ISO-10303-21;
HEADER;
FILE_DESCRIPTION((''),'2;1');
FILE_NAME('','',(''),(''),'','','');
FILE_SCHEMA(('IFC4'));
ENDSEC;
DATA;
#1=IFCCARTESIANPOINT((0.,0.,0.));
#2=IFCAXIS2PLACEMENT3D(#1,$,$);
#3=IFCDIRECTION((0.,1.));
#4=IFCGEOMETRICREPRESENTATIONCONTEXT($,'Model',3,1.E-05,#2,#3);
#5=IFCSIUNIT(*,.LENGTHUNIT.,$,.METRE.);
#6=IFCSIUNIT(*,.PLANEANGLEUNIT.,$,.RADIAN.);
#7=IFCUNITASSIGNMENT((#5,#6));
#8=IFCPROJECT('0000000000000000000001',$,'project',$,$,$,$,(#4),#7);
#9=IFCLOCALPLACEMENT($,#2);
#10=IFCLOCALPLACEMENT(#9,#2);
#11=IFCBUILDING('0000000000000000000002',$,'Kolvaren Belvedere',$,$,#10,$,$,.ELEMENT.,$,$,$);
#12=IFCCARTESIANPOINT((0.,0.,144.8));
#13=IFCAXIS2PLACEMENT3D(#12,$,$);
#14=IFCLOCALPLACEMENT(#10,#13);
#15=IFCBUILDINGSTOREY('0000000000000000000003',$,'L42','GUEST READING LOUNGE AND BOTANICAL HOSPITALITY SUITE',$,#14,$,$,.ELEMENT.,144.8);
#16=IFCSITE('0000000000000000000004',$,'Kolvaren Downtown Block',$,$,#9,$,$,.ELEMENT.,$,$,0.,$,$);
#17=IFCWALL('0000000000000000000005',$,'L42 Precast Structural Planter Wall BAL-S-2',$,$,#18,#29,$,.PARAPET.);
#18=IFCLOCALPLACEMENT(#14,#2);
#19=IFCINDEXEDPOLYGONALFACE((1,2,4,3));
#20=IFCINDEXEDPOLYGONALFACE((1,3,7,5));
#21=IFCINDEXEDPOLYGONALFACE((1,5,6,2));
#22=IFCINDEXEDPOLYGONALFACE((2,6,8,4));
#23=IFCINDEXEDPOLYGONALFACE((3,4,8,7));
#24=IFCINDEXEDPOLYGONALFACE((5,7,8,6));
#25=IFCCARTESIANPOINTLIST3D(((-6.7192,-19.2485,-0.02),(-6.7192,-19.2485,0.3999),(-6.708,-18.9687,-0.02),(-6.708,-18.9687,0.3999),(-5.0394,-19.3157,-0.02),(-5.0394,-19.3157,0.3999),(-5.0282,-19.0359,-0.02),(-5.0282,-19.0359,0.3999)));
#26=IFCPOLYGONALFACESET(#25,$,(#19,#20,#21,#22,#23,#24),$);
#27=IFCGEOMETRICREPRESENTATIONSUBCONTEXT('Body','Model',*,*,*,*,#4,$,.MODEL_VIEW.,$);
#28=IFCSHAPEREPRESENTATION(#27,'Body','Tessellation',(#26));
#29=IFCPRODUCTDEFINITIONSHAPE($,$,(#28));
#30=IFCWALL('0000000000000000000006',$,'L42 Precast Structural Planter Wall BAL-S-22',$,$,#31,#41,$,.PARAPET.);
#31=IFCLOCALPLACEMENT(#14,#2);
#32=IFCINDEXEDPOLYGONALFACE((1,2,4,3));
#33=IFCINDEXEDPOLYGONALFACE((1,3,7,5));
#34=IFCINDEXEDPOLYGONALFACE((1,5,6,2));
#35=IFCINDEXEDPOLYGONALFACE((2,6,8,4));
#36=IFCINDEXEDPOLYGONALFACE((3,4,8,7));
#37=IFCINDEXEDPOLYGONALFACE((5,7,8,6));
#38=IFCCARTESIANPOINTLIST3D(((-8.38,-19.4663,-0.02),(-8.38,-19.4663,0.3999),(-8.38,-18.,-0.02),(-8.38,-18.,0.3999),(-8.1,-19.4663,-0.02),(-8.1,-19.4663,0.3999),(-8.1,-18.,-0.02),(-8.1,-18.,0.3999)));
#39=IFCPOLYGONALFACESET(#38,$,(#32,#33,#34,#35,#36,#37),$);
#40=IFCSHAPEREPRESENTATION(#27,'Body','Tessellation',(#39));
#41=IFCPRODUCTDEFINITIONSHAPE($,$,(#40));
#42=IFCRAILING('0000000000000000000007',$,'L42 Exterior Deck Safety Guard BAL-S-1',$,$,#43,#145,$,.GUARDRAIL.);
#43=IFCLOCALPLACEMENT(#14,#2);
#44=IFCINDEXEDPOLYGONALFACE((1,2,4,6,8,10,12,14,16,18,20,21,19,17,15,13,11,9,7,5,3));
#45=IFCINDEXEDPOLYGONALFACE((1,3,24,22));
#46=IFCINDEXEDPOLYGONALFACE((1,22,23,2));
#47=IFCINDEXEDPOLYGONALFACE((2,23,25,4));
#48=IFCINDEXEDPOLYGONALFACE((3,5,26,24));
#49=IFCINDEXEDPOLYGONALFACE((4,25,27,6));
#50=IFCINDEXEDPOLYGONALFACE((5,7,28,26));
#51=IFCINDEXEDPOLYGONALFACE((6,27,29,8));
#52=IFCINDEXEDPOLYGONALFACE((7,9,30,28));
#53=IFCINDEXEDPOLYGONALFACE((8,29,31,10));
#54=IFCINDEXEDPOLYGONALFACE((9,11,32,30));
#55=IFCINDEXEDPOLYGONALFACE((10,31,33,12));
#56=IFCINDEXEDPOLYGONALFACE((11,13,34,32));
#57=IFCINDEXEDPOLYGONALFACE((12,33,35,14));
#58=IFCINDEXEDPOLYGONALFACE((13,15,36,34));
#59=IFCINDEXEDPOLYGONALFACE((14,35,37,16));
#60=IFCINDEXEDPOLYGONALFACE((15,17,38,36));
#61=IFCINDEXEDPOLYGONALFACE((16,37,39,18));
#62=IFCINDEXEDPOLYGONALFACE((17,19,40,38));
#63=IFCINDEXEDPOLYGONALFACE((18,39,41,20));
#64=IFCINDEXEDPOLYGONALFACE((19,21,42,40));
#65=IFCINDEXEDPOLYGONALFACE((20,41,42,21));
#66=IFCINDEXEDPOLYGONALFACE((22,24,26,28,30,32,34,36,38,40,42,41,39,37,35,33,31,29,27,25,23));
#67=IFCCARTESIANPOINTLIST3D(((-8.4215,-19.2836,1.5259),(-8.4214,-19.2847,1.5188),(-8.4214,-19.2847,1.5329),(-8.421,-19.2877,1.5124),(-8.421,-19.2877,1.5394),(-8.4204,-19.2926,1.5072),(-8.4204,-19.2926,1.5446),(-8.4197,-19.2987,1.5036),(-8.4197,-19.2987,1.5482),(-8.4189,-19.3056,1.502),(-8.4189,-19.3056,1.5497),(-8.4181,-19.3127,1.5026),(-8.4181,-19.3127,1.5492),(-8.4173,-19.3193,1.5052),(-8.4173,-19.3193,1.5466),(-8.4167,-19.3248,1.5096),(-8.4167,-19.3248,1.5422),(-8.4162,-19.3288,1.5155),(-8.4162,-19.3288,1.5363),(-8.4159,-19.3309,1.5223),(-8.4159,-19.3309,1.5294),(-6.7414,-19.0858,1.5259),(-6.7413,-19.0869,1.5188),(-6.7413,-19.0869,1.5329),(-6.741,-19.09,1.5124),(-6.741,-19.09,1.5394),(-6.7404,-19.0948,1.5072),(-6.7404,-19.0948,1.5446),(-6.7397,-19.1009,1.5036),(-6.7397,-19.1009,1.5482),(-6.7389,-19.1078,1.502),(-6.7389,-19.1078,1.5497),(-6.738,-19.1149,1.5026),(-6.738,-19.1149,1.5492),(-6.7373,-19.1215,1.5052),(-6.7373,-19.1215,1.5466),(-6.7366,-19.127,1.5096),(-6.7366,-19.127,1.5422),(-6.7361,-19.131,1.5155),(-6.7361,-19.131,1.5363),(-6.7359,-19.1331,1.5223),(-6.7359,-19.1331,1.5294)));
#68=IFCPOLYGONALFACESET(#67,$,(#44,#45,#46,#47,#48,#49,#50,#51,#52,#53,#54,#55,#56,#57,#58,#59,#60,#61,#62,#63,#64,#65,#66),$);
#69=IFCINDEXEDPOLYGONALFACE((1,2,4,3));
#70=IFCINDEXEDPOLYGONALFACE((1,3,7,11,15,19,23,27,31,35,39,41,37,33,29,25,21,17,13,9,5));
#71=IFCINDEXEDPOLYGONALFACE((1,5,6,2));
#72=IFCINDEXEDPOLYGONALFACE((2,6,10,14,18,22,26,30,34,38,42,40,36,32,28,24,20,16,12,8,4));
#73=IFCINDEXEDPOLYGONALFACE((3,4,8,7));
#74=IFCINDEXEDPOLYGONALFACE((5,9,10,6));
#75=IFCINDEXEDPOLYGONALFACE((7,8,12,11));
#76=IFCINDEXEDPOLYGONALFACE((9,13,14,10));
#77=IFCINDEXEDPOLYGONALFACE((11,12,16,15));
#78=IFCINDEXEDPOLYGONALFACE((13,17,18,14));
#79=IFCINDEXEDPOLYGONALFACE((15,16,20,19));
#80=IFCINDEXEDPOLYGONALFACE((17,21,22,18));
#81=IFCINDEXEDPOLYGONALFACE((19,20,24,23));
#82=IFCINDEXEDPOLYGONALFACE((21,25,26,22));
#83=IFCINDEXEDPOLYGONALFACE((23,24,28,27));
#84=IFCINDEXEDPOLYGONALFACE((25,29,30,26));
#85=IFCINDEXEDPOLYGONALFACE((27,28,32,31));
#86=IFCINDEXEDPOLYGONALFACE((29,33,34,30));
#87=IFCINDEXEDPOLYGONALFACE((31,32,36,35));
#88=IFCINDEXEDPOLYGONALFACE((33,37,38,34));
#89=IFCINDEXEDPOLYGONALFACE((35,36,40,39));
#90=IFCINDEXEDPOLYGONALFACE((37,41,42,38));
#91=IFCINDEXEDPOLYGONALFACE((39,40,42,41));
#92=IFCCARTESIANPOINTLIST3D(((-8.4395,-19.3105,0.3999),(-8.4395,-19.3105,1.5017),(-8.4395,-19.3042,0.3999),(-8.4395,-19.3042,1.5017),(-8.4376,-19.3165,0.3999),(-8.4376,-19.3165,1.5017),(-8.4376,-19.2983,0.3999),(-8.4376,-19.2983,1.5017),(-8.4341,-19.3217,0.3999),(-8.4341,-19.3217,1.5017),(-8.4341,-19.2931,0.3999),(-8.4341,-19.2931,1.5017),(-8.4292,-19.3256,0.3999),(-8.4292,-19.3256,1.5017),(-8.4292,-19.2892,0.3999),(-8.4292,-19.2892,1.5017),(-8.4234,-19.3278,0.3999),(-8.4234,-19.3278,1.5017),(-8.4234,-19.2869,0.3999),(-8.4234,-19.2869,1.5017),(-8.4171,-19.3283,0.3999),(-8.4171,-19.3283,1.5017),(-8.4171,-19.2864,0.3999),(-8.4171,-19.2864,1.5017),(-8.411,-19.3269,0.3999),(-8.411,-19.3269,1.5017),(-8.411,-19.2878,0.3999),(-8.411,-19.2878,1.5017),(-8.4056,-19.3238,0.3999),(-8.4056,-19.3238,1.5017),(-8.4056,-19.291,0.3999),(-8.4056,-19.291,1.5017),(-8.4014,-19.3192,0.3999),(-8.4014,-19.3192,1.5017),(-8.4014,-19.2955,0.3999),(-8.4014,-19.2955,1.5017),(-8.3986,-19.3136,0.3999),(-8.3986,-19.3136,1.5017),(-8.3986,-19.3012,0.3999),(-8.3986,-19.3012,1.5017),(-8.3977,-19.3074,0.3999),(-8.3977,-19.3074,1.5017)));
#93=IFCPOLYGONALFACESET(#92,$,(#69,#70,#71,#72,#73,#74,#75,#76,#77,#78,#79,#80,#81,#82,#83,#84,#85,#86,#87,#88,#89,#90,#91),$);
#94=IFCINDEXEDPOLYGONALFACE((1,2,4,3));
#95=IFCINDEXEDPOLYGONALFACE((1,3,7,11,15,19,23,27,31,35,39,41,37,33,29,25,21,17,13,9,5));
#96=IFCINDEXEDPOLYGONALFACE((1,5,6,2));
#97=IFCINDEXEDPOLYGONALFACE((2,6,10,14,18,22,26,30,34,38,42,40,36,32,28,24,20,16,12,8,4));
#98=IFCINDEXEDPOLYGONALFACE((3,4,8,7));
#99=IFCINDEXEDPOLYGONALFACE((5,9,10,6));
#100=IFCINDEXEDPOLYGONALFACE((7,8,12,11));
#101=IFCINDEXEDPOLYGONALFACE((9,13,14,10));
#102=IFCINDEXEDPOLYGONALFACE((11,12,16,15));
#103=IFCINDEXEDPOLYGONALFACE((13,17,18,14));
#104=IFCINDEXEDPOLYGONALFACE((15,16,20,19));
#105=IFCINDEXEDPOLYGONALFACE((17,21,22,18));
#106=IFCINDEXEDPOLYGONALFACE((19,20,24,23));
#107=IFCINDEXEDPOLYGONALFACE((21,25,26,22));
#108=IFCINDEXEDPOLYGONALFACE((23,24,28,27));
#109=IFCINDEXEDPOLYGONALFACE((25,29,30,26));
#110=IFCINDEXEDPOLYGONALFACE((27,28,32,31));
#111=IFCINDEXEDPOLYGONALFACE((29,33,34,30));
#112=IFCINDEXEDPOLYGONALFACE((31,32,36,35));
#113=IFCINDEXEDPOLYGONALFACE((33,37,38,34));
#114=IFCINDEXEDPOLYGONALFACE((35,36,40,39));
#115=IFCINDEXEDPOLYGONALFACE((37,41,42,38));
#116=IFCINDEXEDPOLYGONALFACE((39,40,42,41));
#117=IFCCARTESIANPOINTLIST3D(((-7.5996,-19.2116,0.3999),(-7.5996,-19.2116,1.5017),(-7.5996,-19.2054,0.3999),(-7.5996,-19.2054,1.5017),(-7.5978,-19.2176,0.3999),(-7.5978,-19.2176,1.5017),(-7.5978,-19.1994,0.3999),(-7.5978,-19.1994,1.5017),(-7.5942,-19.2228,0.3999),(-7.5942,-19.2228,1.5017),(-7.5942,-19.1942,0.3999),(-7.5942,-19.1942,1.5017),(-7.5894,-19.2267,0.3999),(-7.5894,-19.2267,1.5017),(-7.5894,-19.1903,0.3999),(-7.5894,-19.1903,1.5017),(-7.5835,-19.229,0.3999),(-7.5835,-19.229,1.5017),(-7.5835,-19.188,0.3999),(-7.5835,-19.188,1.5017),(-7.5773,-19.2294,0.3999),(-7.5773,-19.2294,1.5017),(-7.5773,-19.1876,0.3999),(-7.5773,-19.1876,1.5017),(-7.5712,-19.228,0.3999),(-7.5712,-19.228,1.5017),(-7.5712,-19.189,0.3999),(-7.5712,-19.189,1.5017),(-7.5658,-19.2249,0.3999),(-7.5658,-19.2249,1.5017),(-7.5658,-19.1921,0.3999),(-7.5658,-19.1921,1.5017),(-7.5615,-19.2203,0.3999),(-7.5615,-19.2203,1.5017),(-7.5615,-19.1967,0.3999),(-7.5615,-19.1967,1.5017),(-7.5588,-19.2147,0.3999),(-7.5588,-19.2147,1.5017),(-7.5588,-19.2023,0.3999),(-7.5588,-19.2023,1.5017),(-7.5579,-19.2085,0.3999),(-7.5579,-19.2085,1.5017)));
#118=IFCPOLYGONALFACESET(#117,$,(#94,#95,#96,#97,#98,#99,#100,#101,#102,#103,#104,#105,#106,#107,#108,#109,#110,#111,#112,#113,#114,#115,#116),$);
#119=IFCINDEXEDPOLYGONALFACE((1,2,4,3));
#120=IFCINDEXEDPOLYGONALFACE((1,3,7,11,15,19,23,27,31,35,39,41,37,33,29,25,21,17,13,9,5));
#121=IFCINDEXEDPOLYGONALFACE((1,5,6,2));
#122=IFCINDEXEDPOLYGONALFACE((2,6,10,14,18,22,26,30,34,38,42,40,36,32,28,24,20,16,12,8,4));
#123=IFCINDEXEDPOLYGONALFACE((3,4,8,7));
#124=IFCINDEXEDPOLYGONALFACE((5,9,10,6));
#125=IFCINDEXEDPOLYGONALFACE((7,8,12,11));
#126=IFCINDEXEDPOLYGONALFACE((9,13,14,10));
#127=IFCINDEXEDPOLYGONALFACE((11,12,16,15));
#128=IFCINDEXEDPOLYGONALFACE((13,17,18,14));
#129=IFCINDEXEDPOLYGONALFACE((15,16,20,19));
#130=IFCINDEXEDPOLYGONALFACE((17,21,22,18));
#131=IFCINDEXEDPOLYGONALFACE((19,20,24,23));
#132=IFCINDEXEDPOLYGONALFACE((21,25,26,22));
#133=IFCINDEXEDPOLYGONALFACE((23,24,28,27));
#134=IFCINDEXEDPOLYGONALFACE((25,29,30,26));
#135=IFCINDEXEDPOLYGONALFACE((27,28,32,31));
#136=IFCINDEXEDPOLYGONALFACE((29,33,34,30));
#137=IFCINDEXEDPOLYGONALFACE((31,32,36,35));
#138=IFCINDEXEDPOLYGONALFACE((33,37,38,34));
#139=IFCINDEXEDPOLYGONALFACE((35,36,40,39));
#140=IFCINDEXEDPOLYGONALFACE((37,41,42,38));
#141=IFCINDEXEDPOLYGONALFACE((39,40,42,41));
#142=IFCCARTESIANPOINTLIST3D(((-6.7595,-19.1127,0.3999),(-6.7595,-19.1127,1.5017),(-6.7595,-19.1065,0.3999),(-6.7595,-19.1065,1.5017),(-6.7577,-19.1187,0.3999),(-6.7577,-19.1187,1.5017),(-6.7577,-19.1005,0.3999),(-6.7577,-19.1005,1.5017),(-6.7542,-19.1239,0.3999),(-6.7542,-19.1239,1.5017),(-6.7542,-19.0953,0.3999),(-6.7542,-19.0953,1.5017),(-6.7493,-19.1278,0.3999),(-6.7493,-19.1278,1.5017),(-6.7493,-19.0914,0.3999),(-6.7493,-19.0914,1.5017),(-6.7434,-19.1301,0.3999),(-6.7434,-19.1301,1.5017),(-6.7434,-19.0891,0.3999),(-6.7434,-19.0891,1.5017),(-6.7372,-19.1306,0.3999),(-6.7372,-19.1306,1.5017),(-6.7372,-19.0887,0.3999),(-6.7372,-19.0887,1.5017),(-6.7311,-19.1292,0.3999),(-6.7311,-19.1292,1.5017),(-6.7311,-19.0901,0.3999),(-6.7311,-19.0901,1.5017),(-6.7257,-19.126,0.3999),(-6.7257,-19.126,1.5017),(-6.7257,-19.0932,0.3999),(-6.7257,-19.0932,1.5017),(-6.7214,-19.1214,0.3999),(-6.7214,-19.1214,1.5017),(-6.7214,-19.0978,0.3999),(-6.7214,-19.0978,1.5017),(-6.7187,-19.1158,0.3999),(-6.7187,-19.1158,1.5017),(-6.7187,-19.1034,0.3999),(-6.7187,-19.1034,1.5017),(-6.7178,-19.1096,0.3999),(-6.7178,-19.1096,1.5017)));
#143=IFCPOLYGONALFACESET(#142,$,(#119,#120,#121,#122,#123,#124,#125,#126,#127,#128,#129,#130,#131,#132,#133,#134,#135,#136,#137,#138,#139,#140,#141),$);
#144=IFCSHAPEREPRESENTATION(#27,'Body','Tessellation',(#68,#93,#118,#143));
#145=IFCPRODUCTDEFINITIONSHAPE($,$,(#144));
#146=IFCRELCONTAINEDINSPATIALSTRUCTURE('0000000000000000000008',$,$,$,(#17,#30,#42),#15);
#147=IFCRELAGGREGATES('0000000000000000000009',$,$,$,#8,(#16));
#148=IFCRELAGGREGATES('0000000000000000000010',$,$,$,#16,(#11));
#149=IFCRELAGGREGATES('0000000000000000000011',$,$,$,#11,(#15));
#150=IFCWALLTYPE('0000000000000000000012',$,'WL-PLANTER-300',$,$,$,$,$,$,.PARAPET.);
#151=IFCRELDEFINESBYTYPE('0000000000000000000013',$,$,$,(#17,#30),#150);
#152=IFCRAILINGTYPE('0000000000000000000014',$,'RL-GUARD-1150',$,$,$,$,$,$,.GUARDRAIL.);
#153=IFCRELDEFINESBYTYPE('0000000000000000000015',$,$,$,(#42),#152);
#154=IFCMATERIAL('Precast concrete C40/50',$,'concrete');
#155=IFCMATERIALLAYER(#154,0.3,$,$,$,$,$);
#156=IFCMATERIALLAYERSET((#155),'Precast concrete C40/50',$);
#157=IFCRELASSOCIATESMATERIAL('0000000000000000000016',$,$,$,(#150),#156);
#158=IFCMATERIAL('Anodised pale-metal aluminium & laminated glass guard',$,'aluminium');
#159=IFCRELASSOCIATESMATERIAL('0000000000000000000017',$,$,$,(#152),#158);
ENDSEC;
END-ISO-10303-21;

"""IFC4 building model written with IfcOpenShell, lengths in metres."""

from ifc_helpers import new_model, si_unit, direction, frame, frame_2d, origin, origin_2d, place, context, subcontext, project, spatial, rectangle, circle, extrude, material, layer, layer_set, type_object, element, save


model = new_model("IFC4")

# Units and contexts
model_context = context("Model", 3, precision=1e-05, world=origin(), true_north=direction((0.0, 1.0)))
body_context = subcontext(model_context, "Body", "Model", "MODEL_VIEW")
ifc_project = project(units=[si_unit("LENGTHUNIT", "METRE"), si_unit("PLANEANGLEUNIT", "RADIAN")], contexts=[model_context])

# Site, building, storey
site_placement = place(None, origin())
site = spatial("IfcSite", under=ifc_project, at=site_placement, Name="Kolvaren Downtown Block", CompositionType="ELEMENT", RefElevation=0.0)
building_placement = place(site_placement, origin())
building = spatial("IfcBuilding", under=site, at=building_placement, Name="Kolvaren Belvedere", CompositionType="ELEMENT")
storey_placement = place(building_placement, frame((0.0, 0.0, 144.8)))
storey = spatial("IfcBuildingStorey", under=building, at=storey_placement, Name="L42", Description="GUEST READING LOUNGE AND BOTANICAL HOSPITALITY SUITE", CompositionType="ELEMENT", Elevation=144.8)

# Walls
ifc_material_1 = material(Name="Precast concrete C40/50", Category="concrete")
ifc_layer_1 = layer(ifc_material_1, 0.3)
ifc_layer_set_1 = layer_set([ifc_layer_1], Name="Precast concrete C40/50")
wall_type_1 = type_object("IfcWallType", Name="WL-PLANTER-300", PredefinedType="PARAPET", material=ifc_layer_set_1)
wall_1_placement = place(storey_placement, frame((-6.7136, -19.1086, -0.02), z_axis=(0.0, 0.0, 1.0), x_axis=(0.999202, -0.039933, 0.0)))
element("IfcWall", 1, at=wall_1_placement, inside=storey, type_object=wall_type_1, Name="L42 Precast Structural Planter Wall BAL-S-2", PredefinedType="PARAPET", context=body_context, shape_type="SweptSolid", body=[
    extrude(rectangle(XDim=1.6812, YDim=0.28, at=frame_2d((0.8406, 0.0))), origin(), (0.0, 0.0, 1.0), 0.4199),
])
wall_2_placement = place(storey_placement, frame((-8.24, -18.0, -0.02), z_axis=(0.0, 0.0, 1.0), x_axis=(0.0, -1.0, 0.0)))
element("IfcWall", 2, at=wall_2_placement, inside=storey, type_object=wall_type_1, Name="L42 Precast Structural Planter Wall BAL-S-22", PredefinedType="PARAPET", context=body_context, shape_type="SweptSolid", body=[
    extrude(rectangle(XDim=1.4663, YDim=0.28, at=frame_2d((0.7332, 0.0))), origin(), (0.0, 0.0, 1.0), 0.4199),
])

# Railing
ifc_material_2 = material(Name="Anodised pale-metal aluminium & laminated glass guard", Category="aluminium")
railing_type = type_object("IfcRailingType", Name="RL-GUARD-1150", PredefinedType="GUARDRAIL", material=ifc_material_2)
railing_1_placement = place(storey_placement, frame((-8.4187, -19.3074, 0.3999)))
element("IfcRailing", 3, at=railing_1_placement, inside=storey, type_object=railing_type, Name="L42 Exterior Deck Safety Guard BAL-S-1", PredefinedType="GUARDRAIL", context=body_context, shape_type="SweptSolid", body=[
    extrude(circle(Radius=0.0239, at=origin_2d()), frame((0.0, 0.0, 1.126), z_axis=(0.993143, 0.116908, 0.0), x_axis=(-0.116908, 0.993143, 0.0)), (0.0, 0.0, 1.0), 1.6917),
    extrude(circle(Radius=0.021, at=origin_2d()), origin(), (0.0, 0.0, 1.0), 1.1018),
    extrude(circle(Radius=0.021, at=origin_2d()), frame((0.8398, 0.0989, 0.0)), (0.0, 0.0, 1.0), 1.1018),
    extrude(circle(Radius=0.021, at=origin_2d()), frame((1.6799, 0.1978, 0.0)), (0.0, 0.0, 1.0), 1.1018),
])

save(model, "model.ifc")
